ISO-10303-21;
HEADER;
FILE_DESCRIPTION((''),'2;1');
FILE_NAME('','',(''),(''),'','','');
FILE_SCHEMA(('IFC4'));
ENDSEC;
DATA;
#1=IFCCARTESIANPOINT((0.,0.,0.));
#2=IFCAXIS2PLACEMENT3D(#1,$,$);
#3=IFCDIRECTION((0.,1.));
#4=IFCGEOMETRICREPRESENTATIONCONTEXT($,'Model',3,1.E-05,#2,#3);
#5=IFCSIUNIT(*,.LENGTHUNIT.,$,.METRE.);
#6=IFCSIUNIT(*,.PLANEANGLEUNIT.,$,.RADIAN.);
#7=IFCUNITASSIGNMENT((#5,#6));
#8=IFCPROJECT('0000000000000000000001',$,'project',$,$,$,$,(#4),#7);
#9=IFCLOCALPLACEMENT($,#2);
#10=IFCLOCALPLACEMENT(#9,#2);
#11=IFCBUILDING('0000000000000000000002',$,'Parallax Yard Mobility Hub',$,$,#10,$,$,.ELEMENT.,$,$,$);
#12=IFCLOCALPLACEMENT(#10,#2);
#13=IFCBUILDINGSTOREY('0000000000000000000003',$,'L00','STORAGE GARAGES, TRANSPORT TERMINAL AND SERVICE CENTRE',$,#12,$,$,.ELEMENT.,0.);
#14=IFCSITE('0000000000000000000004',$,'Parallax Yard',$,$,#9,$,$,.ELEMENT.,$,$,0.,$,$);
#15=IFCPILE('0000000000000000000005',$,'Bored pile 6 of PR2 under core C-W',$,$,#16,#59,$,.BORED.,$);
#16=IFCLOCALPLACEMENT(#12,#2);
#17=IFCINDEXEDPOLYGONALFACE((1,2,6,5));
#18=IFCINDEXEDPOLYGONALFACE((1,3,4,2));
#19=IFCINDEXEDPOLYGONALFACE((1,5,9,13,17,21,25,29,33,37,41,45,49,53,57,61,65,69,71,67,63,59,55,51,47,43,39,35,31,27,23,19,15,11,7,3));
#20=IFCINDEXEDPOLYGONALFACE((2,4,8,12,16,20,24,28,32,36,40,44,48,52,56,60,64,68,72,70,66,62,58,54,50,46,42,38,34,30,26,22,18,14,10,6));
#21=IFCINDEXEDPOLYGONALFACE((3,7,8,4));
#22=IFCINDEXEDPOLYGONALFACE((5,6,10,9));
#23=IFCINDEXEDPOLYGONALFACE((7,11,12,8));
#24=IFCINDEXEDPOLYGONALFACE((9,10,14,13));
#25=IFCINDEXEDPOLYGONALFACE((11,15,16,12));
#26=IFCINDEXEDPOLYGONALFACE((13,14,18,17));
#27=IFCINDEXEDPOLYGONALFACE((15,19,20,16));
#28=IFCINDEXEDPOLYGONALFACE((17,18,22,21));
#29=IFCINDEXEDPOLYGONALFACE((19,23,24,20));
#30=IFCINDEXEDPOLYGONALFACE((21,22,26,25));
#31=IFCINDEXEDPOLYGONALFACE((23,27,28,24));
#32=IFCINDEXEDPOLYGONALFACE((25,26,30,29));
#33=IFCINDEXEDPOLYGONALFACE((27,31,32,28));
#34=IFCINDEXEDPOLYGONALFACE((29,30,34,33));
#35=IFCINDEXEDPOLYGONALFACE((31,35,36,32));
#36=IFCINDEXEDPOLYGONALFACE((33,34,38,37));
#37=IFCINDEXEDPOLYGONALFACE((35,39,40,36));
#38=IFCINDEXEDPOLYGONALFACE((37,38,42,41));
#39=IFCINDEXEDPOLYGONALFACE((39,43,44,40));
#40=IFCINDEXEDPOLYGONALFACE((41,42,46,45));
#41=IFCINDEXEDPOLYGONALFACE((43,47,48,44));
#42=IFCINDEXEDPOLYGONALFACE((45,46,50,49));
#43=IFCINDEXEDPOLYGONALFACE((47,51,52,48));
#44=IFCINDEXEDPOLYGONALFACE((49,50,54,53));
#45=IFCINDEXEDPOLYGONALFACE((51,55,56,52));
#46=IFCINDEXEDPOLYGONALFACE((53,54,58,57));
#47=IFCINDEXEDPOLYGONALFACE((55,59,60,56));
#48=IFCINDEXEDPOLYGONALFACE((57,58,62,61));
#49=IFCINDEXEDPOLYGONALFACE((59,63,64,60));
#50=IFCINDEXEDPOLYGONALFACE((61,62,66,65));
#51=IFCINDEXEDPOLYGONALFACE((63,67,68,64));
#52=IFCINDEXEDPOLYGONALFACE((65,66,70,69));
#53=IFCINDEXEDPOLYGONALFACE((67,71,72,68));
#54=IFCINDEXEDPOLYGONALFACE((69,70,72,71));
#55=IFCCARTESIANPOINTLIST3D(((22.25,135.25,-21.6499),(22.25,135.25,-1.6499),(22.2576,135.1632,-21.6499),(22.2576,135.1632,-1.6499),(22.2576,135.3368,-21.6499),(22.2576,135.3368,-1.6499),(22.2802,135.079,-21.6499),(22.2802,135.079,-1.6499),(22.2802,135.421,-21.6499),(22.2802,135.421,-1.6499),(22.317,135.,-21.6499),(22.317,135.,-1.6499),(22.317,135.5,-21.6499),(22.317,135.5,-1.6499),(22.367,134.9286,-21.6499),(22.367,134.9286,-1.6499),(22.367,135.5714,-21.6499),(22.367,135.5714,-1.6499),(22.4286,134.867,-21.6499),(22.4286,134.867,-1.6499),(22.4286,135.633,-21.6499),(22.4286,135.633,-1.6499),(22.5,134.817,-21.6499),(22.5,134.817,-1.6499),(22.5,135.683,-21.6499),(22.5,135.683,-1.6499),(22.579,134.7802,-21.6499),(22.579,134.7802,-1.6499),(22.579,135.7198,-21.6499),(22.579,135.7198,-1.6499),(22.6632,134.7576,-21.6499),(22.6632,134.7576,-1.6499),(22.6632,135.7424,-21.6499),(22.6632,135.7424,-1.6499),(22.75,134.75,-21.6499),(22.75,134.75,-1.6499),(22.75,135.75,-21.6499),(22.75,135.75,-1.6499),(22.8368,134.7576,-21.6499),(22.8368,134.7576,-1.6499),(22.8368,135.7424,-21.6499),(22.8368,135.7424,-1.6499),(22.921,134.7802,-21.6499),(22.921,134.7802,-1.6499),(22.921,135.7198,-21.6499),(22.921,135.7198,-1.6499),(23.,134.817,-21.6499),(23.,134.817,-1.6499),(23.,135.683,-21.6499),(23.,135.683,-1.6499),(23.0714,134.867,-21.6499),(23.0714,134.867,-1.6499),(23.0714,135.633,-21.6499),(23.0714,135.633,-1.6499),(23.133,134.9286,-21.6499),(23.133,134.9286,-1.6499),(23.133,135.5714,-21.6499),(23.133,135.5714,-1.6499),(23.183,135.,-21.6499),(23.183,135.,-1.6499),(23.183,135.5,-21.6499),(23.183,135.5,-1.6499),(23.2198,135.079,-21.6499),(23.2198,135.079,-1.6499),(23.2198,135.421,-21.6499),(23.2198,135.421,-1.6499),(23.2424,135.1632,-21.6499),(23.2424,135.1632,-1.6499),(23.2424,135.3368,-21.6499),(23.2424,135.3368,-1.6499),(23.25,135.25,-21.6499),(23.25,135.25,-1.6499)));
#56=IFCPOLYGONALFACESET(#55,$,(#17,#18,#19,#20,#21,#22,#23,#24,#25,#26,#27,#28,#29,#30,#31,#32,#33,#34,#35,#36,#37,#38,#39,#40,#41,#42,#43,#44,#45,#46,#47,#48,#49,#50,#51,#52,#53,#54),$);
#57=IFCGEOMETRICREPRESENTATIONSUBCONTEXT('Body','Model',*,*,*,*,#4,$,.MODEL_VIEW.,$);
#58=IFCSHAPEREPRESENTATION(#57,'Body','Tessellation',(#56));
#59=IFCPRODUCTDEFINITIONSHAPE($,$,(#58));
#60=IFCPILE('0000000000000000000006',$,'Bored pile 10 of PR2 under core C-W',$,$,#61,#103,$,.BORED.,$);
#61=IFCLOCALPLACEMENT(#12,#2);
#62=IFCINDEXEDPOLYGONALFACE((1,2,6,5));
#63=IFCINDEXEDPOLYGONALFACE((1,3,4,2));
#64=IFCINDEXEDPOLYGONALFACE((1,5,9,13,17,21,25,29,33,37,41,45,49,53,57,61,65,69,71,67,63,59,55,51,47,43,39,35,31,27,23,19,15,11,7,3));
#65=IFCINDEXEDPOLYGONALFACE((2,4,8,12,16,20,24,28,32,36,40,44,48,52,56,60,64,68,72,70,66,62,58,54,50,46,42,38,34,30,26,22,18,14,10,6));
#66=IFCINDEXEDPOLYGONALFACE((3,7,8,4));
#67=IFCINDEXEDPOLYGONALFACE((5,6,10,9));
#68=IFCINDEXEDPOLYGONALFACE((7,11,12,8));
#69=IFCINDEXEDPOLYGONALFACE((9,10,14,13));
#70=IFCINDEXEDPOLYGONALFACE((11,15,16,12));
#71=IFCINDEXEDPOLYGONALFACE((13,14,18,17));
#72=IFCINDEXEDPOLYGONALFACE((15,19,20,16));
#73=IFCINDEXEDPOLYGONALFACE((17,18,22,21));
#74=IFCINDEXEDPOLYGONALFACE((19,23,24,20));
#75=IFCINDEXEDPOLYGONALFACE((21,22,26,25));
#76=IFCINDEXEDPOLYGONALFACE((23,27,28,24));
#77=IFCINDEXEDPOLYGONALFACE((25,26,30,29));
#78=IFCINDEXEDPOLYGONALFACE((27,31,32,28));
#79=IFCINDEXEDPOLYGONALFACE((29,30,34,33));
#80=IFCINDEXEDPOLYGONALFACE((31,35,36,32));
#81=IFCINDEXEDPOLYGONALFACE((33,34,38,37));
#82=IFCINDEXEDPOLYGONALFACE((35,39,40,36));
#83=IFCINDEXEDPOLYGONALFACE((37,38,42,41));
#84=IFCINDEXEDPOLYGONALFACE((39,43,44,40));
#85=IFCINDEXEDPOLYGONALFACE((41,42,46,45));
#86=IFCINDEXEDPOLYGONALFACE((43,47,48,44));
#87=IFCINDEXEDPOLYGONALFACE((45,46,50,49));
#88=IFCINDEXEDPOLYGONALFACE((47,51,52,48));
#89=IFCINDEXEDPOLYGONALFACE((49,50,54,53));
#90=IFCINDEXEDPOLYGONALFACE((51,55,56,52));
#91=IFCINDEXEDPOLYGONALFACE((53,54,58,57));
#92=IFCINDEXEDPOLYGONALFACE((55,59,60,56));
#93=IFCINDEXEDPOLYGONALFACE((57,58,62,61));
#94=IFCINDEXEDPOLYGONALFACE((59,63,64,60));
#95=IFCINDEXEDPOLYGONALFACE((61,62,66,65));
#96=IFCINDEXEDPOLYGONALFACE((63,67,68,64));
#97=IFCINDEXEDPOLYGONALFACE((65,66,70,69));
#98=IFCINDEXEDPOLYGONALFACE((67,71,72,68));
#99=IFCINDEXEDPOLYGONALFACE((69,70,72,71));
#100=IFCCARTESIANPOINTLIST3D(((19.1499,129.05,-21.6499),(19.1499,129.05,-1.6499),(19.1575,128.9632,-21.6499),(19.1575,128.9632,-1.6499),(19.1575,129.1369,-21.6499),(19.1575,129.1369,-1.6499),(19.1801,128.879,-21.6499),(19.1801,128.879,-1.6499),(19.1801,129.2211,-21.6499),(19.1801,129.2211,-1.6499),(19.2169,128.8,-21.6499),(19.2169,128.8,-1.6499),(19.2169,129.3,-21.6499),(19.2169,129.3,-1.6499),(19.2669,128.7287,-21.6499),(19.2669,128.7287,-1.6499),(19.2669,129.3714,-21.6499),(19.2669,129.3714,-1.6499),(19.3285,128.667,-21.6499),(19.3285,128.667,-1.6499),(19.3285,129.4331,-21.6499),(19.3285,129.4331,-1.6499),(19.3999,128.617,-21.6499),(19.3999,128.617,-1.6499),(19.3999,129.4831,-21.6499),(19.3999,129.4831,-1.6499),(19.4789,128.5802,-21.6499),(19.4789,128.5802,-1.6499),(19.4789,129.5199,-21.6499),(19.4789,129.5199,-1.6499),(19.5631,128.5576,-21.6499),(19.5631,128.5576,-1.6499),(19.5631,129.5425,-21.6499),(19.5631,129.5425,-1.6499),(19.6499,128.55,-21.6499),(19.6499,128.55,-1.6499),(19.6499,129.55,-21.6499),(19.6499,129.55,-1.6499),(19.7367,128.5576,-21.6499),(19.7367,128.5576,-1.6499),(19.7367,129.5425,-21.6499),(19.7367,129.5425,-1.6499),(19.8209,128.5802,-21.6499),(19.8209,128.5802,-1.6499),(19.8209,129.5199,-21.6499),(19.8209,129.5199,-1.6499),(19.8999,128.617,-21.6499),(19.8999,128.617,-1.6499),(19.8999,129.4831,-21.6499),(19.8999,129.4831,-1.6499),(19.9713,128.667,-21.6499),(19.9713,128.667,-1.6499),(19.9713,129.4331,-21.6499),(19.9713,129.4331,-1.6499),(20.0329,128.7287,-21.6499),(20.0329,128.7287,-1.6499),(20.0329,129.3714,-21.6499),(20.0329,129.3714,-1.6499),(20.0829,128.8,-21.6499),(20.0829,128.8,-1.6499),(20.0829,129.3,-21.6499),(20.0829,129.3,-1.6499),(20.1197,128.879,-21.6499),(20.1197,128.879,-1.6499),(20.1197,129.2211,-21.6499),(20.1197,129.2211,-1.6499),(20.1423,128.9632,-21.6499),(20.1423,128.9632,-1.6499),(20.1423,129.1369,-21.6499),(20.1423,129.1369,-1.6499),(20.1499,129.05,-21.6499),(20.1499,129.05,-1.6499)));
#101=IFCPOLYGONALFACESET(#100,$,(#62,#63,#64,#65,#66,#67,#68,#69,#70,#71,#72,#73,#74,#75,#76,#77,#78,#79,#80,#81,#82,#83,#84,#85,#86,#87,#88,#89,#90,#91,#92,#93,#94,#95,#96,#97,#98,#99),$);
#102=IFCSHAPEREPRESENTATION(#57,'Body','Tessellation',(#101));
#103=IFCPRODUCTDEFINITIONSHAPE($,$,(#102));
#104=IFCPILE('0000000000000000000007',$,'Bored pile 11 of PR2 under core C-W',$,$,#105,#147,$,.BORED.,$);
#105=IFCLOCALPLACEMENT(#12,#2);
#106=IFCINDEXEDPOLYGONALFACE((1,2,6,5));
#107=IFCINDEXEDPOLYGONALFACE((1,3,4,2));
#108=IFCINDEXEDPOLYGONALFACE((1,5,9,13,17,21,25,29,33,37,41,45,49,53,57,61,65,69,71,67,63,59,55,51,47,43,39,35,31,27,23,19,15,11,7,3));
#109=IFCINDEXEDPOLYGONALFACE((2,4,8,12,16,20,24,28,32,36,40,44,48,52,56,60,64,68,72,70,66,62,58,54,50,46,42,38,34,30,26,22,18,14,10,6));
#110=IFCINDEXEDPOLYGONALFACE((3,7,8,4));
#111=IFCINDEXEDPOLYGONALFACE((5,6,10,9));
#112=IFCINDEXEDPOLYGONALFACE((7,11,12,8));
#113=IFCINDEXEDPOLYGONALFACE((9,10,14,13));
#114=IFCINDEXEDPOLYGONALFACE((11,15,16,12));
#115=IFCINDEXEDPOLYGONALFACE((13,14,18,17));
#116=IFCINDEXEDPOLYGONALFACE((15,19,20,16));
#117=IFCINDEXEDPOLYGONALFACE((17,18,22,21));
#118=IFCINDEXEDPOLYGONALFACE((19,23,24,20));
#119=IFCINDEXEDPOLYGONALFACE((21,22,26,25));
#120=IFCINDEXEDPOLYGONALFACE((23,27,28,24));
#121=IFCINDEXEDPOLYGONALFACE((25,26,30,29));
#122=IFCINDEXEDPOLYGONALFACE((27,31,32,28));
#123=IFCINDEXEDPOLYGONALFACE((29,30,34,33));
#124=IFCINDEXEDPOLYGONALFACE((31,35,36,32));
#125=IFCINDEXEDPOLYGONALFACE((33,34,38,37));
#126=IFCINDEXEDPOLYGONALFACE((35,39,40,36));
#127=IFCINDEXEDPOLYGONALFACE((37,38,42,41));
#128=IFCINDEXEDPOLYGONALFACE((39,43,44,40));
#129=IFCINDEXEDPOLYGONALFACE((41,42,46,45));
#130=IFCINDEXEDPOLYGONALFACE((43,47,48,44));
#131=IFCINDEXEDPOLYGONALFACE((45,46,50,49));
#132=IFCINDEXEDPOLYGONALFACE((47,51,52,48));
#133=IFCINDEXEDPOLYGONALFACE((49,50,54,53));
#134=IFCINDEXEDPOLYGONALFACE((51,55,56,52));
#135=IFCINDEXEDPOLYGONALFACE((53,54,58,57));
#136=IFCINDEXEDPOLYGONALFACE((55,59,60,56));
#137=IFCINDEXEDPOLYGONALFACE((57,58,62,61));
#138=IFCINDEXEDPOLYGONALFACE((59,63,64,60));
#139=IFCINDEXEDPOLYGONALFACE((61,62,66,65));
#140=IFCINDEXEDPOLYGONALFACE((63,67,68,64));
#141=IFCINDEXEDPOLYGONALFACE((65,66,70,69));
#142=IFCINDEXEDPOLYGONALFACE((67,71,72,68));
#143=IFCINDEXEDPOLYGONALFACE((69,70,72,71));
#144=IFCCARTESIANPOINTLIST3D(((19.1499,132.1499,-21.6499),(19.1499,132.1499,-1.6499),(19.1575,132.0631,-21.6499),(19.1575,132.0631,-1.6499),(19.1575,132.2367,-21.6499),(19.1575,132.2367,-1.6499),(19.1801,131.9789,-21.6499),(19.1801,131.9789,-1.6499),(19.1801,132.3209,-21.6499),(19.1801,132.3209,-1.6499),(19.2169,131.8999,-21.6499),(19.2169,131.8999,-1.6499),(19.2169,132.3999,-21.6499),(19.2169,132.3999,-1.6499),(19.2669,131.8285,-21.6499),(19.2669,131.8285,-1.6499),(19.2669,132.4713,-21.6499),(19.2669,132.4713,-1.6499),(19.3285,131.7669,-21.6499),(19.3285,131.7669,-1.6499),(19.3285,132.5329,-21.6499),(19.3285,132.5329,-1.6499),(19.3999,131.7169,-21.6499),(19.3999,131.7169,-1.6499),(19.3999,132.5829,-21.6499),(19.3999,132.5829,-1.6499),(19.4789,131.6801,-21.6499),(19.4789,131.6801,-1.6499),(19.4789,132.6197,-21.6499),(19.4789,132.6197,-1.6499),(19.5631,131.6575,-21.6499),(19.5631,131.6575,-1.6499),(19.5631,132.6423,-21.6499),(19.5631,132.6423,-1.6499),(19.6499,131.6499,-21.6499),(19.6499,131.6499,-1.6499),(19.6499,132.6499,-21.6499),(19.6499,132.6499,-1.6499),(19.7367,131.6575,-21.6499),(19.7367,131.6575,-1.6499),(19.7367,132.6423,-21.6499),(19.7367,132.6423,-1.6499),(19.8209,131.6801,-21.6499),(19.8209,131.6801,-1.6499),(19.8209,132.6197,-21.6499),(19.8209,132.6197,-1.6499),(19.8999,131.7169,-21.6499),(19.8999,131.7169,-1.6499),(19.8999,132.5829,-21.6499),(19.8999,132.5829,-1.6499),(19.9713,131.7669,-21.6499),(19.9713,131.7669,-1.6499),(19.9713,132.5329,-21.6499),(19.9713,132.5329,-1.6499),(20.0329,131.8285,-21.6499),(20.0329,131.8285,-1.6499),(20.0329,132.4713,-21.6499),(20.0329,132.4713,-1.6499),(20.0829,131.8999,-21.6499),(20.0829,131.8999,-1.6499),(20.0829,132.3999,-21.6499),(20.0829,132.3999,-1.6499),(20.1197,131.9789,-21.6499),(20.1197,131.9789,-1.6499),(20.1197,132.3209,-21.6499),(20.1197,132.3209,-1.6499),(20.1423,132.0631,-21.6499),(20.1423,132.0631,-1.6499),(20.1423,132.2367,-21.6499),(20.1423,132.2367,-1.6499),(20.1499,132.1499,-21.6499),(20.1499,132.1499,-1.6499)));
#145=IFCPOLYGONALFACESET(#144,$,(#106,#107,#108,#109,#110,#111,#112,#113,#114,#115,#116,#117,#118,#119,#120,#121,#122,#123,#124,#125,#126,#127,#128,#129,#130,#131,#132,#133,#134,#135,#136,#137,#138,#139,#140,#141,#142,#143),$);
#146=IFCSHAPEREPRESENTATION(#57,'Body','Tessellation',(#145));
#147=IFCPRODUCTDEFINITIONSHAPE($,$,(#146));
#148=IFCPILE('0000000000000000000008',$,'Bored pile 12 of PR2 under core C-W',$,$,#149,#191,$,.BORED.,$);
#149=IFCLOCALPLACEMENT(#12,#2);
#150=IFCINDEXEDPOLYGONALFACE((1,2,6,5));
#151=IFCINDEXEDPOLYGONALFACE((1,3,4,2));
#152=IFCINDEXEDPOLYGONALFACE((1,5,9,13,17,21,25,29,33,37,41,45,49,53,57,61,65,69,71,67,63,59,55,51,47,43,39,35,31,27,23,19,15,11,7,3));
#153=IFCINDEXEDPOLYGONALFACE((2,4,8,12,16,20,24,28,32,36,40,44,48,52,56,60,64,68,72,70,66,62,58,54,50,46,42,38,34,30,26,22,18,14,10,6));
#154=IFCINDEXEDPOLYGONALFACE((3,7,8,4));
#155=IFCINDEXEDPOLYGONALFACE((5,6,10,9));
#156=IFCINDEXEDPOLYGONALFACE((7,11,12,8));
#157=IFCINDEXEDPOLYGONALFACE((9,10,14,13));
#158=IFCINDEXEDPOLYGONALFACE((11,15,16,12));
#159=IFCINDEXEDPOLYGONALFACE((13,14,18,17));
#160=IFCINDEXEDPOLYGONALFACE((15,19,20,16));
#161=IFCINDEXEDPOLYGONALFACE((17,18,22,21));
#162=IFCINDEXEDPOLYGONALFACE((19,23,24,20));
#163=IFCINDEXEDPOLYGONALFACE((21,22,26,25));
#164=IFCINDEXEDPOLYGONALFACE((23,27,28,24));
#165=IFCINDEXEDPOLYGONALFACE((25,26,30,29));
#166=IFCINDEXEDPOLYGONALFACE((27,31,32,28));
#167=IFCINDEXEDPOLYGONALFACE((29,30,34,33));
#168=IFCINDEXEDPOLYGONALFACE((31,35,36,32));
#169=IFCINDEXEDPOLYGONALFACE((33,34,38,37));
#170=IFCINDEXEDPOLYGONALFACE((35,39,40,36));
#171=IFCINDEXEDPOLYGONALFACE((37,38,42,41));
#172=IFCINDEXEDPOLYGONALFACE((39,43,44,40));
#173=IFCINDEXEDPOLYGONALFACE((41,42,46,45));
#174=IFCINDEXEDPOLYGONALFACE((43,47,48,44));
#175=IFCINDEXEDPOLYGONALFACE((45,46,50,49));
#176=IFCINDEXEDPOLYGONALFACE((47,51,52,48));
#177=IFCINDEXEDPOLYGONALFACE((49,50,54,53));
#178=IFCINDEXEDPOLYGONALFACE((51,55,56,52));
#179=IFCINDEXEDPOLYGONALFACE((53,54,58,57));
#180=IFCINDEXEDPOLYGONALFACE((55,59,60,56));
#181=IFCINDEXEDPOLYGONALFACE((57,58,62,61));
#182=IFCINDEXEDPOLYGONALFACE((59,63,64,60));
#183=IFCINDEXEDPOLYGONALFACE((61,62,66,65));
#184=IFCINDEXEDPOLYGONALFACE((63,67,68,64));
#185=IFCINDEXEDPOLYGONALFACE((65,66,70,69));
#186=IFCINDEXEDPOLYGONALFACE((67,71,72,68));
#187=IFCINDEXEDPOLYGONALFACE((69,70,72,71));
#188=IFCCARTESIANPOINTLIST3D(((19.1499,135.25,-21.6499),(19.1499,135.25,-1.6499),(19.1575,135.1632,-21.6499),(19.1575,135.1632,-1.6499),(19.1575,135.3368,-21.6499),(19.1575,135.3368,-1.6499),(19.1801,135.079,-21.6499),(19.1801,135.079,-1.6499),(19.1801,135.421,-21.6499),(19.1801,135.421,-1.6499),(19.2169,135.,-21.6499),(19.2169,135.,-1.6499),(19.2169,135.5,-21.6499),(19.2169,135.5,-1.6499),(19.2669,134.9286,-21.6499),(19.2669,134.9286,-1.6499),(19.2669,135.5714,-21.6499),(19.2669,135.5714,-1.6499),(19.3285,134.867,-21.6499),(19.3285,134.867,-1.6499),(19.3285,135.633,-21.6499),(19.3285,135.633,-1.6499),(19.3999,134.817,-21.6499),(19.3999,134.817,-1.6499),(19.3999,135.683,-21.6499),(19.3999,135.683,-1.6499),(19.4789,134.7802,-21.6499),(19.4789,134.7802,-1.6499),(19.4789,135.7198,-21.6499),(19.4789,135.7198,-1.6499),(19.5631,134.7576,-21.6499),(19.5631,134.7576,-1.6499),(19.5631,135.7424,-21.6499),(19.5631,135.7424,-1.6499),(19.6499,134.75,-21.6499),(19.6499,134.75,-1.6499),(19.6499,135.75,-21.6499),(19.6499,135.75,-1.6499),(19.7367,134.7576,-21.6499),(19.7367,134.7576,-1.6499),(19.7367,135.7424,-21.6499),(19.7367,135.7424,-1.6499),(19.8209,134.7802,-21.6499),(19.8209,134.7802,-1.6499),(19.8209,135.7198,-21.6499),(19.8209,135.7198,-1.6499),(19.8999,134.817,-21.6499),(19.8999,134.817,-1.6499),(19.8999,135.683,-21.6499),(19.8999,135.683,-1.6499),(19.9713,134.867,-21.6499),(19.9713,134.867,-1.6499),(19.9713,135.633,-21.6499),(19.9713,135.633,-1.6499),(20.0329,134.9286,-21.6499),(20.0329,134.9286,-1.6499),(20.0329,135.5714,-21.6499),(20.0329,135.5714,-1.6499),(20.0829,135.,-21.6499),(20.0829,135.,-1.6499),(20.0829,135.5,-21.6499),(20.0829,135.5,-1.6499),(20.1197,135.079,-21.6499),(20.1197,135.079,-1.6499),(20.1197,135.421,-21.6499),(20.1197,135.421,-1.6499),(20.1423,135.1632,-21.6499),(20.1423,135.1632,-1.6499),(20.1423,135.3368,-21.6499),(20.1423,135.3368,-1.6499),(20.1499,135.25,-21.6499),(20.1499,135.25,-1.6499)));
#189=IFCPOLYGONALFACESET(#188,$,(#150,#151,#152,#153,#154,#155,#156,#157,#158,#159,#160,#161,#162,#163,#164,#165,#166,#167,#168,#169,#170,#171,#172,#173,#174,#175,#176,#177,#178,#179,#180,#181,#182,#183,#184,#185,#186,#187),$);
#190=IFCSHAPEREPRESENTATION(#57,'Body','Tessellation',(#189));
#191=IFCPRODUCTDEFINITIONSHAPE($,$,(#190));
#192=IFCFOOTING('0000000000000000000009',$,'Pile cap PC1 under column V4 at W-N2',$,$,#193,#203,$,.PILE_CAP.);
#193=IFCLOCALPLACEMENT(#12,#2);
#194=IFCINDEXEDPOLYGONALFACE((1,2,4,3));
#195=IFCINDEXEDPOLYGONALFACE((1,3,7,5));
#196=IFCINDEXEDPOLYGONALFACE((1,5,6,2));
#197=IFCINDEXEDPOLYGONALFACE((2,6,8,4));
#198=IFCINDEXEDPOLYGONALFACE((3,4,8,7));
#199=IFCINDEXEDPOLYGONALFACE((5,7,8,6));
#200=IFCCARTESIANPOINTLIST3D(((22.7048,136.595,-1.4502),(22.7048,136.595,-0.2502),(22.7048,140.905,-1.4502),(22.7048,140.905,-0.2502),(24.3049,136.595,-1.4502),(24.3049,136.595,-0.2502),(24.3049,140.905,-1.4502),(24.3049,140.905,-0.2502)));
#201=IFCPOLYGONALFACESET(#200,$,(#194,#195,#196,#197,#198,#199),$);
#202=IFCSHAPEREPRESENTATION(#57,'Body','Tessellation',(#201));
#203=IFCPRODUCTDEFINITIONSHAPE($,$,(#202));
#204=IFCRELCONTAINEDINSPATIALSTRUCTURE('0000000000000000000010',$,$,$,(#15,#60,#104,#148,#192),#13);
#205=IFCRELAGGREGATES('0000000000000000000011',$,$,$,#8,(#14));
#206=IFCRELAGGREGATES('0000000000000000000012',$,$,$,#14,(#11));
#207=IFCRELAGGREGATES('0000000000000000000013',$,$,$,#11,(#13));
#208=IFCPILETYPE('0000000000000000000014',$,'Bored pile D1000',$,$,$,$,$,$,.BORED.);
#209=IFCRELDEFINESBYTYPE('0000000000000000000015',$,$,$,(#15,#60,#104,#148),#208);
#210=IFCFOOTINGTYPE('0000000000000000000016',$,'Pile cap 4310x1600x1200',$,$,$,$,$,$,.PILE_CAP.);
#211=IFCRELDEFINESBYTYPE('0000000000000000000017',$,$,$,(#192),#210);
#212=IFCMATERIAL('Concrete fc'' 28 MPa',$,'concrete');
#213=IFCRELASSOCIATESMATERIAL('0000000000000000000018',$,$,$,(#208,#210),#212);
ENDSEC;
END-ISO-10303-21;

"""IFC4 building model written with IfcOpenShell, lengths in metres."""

from ifc_helpers import new_model, si_unit, direction, frame, origin, origin_2d, place, context, subcontext, project, spatial, rectangle, circle, extrude, material, material_profile, profile_set, type_object, element, save


model = new_model("IFC4")

# Units and contexts
model_context = context("Model", 3, precision=1e-05, world=origin(), true_north=direction((0.0, 1.0)))
body_context = subcontext(model_context, "Body", "Model", "MODEL_VIEW")
ifc_project = project(units=[si_unit("LENGTHUNIT", "METRE"), si_unit("PLANEANGLEUNIT", "RADIAN")], contexts=[model_context])

# Site, building, storey
site_placement = place(None, origin())
site = spatial("IfcSite", under=ifc_project, at=site_placement, Name="Parallax Yard", CompositionType="ELEMENT", RefElevation=0.0)
building_placement = place(site_placement, origin())
building = spatial("IfcBuilding", under=site, at=building_placement, Name="Parallax Yard Mobility Hub", CompositionType="ELEMENT")
storey_placement = place(building_placement, origin())
storey = spatial("IfcBuildingStorey", under=building, at=storey_placement, Name="L00", Description="STORAGE GARAGES, TRANSPORT TERMINAL AND SERVICE CENTRE", CompositionType="ELEMENT", Elevation=0.0)

# Piles
ifc_material_1 = material(Name="Concrete fc' 28 MPa", Category="concrete")
ifc_material_profile_1 = material_profile(ifc_material_1, circle(Radius=0.5, at=origin_2d()), Name="Bored pile D1000")
ifc_profile_set_1 = profile_set([ifc_material_profile_1], Name="Concrete fc' 28 MPa")
pile_type = type_object("IfcPileType", Name="Bored pile D1000", PredefinedType="BORED", material=ifc_profile_set_1)
for number, where, z_axis, x_axis, name in (
    (1, (22.75, 135.25, -1.6499), (0.0, 0.0, -1.0), (1.0, 0.0, 0.0), "Bored pile 6 of PR2 under core C-W"),
    (2, (19.6499, 129.05, -1.6499), (0.0, 0.0, -1.0), (1.0, 0.0, 0.0), "Bored pile 10 of PR2 under core C-W"),
    (3, (19.6499, 132.1499, -1.6499), (0.0, 0.0, -1.0), (1.0, 0.0, 0.0), "Bored pile 11 of PR2 under core C-W"),
    (4, (19.6499, 135.25, -1.6499), (0.0, 0.0, -1.0), (1.0, 0.0, 0.0), "Bored pile 12 of PR2 under core C-W"),
):
    element("IfcPile", number, at=place(storey_placement, frame(where, z_axis=z_axis, x_axis=x_axis)), inside=storey, type_object=pile_type, Name=name, PredefinedType="BORED", context=body_context, shape_type="SweptSolid", body=[
        extrude(circle(Radius=0.5, at=origin_2d()), origin(), (0.0, 0.0, 1.0), 20.0),
    ])

# Footing
footing_type = type_object("IfcFootingType", Name="Pile cap 4310x1600x1200", PredefinedType="PILE_CAP", material=ifc_material_1)
footing_placement = place(storey_placement, frame((23.5049, 138.75, -1.4502), z_axis=(0.0, 0.0, 1.0), x_axis=(0.0, 1.0, 0.0)))
element("IfcFooting", 5, at=footing_placement, inside=storey, type_object=footing_type, Name="Pile cap PC1 under column V4 at W-N2", PredefinedType="PILE_CAP", context=body_context, shape_type="SweptSolid", body=[
    extrude(rectangle(XDim=4.3101, YDim=1.6001, at=origin_2d()), origin(), (0.0, 0.0, 1.0), 1.2),
])

save(model, "model.ifc")
